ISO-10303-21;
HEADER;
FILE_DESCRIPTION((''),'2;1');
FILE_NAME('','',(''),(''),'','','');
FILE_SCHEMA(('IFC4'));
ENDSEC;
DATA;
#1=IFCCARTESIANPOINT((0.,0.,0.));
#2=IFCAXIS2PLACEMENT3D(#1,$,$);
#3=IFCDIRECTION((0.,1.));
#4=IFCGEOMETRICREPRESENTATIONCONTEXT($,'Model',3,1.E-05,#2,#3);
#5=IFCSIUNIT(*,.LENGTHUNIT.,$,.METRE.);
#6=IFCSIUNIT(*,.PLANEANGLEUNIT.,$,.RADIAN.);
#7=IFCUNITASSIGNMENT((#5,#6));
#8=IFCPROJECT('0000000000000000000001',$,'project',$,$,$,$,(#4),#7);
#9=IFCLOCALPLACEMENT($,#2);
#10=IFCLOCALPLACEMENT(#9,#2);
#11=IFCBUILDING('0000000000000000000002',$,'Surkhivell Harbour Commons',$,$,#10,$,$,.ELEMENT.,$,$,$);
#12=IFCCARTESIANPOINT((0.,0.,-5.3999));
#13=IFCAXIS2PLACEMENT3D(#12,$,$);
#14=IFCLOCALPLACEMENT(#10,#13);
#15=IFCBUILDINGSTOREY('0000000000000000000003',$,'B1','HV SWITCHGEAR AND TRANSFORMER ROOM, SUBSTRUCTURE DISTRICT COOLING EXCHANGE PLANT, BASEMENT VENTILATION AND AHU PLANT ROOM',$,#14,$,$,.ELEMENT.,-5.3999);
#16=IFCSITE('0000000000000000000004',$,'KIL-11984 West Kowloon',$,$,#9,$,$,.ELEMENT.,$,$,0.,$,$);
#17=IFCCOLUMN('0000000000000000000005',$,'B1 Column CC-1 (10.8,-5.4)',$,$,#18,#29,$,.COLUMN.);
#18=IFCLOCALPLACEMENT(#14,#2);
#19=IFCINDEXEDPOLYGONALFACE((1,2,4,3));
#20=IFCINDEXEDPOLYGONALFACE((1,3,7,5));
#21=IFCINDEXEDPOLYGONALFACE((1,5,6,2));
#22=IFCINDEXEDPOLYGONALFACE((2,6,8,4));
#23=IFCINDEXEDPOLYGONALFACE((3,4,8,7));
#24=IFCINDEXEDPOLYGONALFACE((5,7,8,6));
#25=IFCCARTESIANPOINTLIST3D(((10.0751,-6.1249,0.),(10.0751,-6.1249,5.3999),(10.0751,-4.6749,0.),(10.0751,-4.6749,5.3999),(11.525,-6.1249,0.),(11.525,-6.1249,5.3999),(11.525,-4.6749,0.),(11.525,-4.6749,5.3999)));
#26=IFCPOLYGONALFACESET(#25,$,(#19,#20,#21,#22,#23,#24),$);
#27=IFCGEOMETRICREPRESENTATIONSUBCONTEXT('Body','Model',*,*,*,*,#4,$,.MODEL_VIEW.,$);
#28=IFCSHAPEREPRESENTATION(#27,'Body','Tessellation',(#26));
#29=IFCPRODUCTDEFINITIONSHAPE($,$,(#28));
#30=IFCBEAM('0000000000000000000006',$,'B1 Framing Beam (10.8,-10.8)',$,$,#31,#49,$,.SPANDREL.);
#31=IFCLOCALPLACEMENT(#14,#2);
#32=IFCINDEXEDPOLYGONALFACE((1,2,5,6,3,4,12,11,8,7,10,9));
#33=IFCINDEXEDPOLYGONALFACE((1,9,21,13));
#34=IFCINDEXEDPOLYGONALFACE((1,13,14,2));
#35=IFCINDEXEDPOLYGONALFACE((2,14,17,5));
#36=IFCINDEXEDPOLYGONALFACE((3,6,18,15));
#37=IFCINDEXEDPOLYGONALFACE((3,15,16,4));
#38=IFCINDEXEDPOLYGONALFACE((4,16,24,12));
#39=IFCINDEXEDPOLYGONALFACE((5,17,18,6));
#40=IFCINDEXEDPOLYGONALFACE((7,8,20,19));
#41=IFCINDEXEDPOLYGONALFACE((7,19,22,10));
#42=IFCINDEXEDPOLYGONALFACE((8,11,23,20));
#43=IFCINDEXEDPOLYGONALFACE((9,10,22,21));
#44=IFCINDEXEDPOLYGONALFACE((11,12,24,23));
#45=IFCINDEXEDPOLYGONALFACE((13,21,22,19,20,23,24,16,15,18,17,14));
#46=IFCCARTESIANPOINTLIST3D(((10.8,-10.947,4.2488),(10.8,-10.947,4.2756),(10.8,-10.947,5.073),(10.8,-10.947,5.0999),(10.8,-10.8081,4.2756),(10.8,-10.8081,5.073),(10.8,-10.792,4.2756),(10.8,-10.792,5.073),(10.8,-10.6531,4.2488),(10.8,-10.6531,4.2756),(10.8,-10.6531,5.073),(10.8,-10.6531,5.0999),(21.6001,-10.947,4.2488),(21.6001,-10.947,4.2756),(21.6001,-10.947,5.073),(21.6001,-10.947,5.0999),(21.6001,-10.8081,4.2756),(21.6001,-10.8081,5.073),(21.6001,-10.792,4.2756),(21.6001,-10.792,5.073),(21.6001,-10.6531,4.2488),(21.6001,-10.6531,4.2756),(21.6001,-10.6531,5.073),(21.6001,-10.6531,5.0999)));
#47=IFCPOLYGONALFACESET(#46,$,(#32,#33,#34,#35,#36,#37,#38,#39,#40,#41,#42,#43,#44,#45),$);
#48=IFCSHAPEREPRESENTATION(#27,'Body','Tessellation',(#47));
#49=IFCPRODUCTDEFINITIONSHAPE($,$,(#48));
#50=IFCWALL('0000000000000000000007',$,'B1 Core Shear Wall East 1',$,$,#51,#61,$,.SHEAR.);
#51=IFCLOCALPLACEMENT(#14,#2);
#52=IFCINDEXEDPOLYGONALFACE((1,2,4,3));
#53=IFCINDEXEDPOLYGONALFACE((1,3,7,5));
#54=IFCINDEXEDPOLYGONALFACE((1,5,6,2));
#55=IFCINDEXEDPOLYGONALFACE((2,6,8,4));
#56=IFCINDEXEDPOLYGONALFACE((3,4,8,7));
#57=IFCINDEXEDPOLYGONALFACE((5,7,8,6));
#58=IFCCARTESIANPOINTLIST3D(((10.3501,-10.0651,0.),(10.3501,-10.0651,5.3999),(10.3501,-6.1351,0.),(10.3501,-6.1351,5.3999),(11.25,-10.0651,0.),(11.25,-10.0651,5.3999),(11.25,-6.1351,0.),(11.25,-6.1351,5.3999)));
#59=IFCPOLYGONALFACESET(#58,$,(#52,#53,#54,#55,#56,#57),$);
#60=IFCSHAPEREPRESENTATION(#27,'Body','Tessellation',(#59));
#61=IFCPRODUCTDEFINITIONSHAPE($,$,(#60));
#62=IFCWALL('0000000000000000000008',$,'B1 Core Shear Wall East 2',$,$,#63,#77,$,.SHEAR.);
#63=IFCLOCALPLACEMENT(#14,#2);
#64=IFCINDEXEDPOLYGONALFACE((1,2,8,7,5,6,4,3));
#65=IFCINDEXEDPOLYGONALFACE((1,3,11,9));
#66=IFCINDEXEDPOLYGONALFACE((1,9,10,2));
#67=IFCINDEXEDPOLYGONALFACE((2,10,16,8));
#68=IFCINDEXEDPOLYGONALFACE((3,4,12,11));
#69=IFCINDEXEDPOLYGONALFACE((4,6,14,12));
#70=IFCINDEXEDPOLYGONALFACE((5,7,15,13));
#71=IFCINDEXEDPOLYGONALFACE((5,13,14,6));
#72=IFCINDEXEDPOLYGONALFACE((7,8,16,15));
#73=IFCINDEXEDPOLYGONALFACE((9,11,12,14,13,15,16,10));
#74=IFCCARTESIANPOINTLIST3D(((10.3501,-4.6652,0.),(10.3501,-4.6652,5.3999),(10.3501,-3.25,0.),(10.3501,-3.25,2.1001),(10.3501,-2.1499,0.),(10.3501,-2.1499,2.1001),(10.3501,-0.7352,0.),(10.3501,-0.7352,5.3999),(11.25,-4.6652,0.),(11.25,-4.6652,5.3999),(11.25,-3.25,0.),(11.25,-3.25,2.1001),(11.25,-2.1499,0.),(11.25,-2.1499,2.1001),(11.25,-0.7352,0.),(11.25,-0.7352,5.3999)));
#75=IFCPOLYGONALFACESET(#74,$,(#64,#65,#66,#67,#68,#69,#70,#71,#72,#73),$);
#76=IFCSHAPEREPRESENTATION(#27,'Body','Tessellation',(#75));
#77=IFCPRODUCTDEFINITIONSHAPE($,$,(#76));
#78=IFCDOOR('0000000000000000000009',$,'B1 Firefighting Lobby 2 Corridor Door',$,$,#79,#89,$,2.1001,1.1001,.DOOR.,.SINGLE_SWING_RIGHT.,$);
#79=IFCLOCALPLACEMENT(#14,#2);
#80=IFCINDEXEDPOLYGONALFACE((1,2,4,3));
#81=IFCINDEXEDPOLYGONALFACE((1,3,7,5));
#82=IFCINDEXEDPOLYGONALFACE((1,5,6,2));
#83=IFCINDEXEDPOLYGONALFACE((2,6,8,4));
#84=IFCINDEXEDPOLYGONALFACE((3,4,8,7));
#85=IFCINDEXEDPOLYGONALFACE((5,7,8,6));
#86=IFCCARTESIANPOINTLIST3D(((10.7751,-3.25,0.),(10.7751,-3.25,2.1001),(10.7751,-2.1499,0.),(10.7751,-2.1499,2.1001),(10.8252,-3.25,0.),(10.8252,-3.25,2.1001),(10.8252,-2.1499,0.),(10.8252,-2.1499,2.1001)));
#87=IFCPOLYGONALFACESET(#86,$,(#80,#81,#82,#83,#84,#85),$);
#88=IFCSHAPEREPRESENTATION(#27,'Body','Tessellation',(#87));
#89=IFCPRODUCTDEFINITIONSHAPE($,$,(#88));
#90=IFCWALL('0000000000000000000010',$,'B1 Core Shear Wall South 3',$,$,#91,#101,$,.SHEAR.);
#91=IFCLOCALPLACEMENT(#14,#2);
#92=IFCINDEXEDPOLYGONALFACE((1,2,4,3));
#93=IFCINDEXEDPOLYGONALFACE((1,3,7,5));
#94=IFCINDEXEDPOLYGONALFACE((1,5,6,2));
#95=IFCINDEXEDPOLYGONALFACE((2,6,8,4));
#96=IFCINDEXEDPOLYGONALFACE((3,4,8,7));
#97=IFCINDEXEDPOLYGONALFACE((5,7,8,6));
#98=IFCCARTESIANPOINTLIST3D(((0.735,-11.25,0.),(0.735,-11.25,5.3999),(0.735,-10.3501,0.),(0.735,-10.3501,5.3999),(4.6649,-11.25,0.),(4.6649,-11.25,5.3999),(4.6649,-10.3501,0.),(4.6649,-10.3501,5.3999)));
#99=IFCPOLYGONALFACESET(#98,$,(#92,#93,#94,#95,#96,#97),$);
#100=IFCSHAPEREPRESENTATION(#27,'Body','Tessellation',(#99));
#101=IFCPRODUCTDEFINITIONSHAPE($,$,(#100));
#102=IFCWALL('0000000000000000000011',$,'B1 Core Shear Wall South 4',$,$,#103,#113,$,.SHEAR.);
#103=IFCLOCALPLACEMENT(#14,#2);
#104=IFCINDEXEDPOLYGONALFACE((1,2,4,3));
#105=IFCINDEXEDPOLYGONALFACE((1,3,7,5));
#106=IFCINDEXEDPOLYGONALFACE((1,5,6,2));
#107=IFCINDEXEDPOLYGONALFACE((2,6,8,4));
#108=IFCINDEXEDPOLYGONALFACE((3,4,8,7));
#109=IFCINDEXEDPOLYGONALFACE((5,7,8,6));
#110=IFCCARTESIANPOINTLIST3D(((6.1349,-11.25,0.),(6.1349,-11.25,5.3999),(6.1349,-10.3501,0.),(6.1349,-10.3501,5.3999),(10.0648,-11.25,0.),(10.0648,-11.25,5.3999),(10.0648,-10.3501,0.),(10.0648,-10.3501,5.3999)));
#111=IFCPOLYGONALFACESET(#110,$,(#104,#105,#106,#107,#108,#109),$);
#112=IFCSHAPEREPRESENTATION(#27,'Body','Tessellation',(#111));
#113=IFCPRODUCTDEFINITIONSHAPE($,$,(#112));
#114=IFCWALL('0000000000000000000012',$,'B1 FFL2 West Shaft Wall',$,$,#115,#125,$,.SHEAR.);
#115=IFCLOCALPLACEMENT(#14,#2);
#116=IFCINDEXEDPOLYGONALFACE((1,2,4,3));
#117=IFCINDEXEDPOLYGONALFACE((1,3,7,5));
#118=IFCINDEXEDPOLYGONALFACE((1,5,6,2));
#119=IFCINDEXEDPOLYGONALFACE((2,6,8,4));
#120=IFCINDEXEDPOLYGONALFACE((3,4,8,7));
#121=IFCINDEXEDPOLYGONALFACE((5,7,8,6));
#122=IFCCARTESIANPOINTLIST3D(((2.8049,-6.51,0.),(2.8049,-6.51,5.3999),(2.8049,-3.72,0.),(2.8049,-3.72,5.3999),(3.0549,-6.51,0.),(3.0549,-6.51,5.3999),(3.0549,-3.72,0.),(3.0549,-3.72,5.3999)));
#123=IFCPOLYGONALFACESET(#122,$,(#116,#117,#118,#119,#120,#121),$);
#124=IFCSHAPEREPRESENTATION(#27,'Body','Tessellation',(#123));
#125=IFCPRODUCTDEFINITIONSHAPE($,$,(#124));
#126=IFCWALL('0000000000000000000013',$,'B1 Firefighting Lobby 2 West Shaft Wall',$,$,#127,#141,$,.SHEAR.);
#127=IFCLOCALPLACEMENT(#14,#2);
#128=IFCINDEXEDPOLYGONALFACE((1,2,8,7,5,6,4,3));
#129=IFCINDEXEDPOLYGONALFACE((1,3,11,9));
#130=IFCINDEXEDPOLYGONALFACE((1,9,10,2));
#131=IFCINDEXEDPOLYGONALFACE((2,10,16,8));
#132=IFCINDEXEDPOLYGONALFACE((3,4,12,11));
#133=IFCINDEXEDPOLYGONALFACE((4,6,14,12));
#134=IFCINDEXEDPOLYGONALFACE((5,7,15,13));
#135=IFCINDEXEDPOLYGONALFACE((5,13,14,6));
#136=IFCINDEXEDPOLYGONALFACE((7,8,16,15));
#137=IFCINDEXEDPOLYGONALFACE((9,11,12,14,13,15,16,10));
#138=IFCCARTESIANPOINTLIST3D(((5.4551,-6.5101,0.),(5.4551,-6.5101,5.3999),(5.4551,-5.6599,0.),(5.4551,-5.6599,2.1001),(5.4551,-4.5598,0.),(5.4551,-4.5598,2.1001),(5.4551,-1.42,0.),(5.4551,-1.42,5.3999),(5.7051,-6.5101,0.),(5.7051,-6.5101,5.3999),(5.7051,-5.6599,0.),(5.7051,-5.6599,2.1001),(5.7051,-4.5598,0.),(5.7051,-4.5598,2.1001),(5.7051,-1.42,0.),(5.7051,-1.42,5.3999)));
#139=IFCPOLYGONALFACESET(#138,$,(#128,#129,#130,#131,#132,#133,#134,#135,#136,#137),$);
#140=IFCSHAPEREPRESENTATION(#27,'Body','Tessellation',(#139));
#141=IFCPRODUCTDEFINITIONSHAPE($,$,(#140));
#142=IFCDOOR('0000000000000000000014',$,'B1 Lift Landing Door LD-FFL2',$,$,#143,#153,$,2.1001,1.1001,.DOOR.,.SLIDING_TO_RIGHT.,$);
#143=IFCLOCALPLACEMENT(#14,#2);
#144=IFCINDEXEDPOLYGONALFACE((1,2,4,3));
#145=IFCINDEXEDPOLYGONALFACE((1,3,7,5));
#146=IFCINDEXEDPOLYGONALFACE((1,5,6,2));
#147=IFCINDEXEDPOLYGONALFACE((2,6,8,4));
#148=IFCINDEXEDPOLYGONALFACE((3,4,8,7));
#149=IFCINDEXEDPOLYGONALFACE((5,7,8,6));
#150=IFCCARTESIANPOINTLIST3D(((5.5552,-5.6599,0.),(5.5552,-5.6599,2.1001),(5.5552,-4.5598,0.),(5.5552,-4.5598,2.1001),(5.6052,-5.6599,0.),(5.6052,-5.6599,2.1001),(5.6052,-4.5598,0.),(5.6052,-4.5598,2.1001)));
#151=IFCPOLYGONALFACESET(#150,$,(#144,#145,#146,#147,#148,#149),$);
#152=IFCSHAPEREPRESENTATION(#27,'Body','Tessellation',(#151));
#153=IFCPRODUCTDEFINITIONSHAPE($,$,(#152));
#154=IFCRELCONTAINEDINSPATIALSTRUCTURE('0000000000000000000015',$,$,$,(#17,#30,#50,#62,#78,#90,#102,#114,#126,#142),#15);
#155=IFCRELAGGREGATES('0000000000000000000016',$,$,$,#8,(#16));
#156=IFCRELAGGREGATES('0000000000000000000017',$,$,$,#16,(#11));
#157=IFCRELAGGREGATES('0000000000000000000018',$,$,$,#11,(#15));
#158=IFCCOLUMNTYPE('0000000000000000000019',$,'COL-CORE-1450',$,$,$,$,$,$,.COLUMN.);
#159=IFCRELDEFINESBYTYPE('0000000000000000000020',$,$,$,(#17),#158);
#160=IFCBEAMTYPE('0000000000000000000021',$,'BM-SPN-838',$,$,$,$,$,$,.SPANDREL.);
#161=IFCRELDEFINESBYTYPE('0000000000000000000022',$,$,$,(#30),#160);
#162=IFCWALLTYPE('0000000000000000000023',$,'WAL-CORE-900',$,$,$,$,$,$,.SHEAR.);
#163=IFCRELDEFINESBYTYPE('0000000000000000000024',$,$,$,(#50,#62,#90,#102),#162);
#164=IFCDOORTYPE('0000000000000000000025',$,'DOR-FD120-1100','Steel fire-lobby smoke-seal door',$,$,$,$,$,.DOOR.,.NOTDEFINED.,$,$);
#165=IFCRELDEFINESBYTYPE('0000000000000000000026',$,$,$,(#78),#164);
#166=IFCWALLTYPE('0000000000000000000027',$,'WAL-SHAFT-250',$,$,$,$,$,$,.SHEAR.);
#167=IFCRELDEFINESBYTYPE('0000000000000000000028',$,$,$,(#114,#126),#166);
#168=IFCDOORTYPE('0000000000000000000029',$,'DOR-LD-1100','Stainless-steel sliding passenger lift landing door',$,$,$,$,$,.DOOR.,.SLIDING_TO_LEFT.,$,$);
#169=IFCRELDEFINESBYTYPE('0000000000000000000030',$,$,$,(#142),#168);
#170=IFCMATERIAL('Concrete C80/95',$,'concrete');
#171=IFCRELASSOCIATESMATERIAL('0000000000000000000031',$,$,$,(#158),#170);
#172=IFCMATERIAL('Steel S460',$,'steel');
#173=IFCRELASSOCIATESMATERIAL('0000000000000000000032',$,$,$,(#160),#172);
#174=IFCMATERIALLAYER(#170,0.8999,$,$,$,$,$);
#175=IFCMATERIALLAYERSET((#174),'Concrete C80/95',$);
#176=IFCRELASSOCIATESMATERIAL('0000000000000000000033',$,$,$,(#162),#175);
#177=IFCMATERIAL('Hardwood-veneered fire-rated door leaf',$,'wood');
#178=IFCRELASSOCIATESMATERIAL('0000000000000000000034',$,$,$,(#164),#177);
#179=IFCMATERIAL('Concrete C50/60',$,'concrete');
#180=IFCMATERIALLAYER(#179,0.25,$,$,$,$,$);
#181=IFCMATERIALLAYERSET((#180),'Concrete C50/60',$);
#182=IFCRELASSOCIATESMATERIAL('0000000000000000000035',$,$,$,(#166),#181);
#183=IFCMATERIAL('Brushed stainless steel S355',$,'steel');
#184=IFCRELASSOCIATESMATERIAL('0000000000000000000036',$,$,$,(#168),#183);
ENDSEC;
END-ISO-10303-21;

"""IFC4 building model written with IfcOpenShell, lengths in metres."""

from ifc_helpers import new_model, si_unit, direction, frame, frame_2d, origin, origin_2d, place, context, subcontext, project, spatial, rectangle, i_section, extrude, material, layer, layer_set, material_profile, profile_set, type_object, element, fill, save


model = new_model("IFC4")

# Units and contexts
model_context = context("Model", 3, precision=1e-05, world=origin(), true_north=direction((0.0, 1.0)))
body_context = subcontext(model_context, "Body", "Model", "MODEL_VIEW")
ifc_project = project(units=[si_unit("LENGTHUNIT", "METRE"), si_unit("PLANEANGLEUNIT", "RADIAN")], contexts=[model_context])

# Site, building, storey
site_placement = place(None, origin())
site = spatial("IfcSite", under=ifc_project, at=site_placement, Name="KIL-11984 West Kowloon", CompositionType="ELEMENT", RefElevation=0.0)
building_placement = place(site_placement, origin())
building = spatial("IfcBuilding", under=site, at=building_placement, Name="Surkhivell Harbour Commons", CompositionType="ELEMENT")
storey_placement = place(building_placement, frame((0.0, 0.0, -5.3999)))
storey = spatial("IfcBuildingStorey", under=building, at=storey_placement, Name="B1", Description="HV SWITCHGEAR AND TRANSFORMER ROOM, SUBSTRUCTURE DISTRICT COOLING EXCHANGE PLANT, BASEMENT VENTILATION AND AHU PLANT ROOM", CompositionType="ELEMENT", Elevation=-5.3999)

# Column
ifc_material_1 = material(Name="Concrete C80/95", Category="concrete")
ifc_material_profile_1 = material_profile(ifc_material_1, rectangle(XDim=1.45, YDim=1.45, at=origin_2d()), Name="RC-COL-1450x1450")
ifc_profile_set_1 = profile_set([ifc_material_profile_1], Name="Concrete C80/95")
column_type = type_object("IfcColumnType", Name="COL-CORE-1450", PredefinedType="COLUMN", material=ifc_profile_set_1)
for number, where, z_axis, x_axis, name in (
    (1, (10.8, -5.3999, 0.0), (0.0, 0.0, 1.0), (1.0, 0.0, 0.0), "B1 Column CC-1 (10.8,-5.4)"),
):
    element("IfcColumn", number, at=place(storey_placement, frame(where, z_axis=z_axis, x_axis=x_axis)), inside=storey, type_object=column_type, Name=name, PredefinedType="COLUMN", context=body_context, shape_type="SweptSolid", body=[
        extrude(rectangle(XDim=1.45, YDim=1.45, at=origin_2d()), origin(), (0.0, 0.0, 1.0), 5.3999),
    ])

# Beam
ifc_material_2 = material(Name="Steel S460", Category="steel")
ifc_material_profile_2 = material_profile(ifc_material_2, i_section(OverallWidth=0.2939, OverallDepth=0.8511, WebThickness=0.0161, FlangeThickness=0.0269, at=origin_2d()), Name="UB838x292x226")
ifc_profile_set_2 = profile_set([ifc_material_profile_2], Name="Steel S460")
beam_type = type_object("IfcBeamType", Name="BM-SPN-838", PredefinedType="SPANDREL", material=ifc_profile_set_2)
beam_placement = place(storey_placement, frame((10.8, -10.8, 4.6743), z_axis=(1.0, 0.0, 0.0), x_axis=(0.0, 1.0, 0.0)))
element("IfcBeam", 2, at=beam_placement, inside=storey, type_object=beam_type, Name="B1 Framing Beam (10.8,-10.8)", PredefinedType="SPANDREL", context=body_context, shape_type="SweptSolid", body=[
    extrude(i_section(OverallWidth=0.2939, OverallDepth=0.8511, WebThickness=0.0161, FlangeThickness=0.0269, at=origin_2d()), origin(), (0.0, 0.0, 1.0), 10.8),
])

# Wall
ifc_layer_1 = layer(ifc_material_1, 0.8999)
ifc_layer_set_1 = layer_set([ifc_layer_1], Name="Concrete C80/95")
wall_type_1 = type_object("IfcWallType", Name="WAL-CORE-900", PredefinedType="SHEAR", material=ifc_layer_set_1)
wall_1_placement = place(storey_placement, frame((10.8, -10.0649, 0.0), z_axis=(0.0, 0.0, 1.0), x_axis=(0.0, 1.0, 0.0)))
element("IfcWall", 3, at=wall_1_placement, inside=storey, type_object=wall_type_1, Name="B1 Core Shear Wall East 1", PredefinedType="SHEAR", context=body_context, shape_type="SweptSolid", body=[
    extrude(rectangle(XDim=3.9299, YDim=0.8999, at=frame_2d((1.9648, 0.0))), origin(), (0.0, 0.0, 1.0), 5.3999),
])

# Wall, opening, door
wall_2_placement = place(storey_placement, frame((10.8, -4.665, 0.0), z_axis=(0.0, 0.0, 1.0), x_axis=(0.0, 1.0, 0.0)))
wall_2 = element("IfcWall", 4, at=wall_2_placement, inside=storey, type_object=wall_type_1, Name="B1 Core Shear Wall East 2", PredefinedType="SHEAR", context=body_context, shape_type="SweptSolid", body=[
    extrude(rectangle(XDim=3.9299, YDim=0.8999, at=frame_2d((1.9648, 0.0))), origin(), (0.0, 0.0, 1.0), 5.3999),
])
opening_1_placement = place(wall_2_placement, frame((1.415, 0.0, 0.0)))
opening_1 = element("IfcOpeningElement", 5, at=opening_1_placement, cuts=wall_2, PredefinedType="OPENING", context=body_context, shape_type="SweptSolid", body=[
    extrude(rectangle(XDim=1.1001, YDim=2.1001, at=frame_2d((0.55, 1.05))), frame((0.0, 0.46, 0.0), z_axis=(0.0, -1.0, 0.0), x_axis=(1.0, 0.0, 0.0)), (0.0, 0.0, 1.0), 0.9199),
])
ifc_material_3 = material(Name="Hardwood-veneered fire-rated door leaf", Category="wood")
door_type_1 = type_object("IfcDoorType", Name="DOR-FD120-1100", Description="Steel fire-lobby smoke-seal door", OperationType="NOTDEFINED", PredefinedType="DOOR", material=ifc_material_3)
door_1_placement = place(opening_1_placement, origin())
door_1 = element("IfcDoor", 6, at=door_1_placement, inside=storey, type_object=door_type_1, Name="B1 Firefighting Lobby 2 Corridor Door", OperationType="SINGLE_SWING_RIGHT", OverallHeight=2.1001, OverallWidth=1.1001, PredefinedType="DOOR", context=body_context, shape_type="SweptSolid", body=[
    extrude(rectangle(XDim=1.1001, YDim=2.1001, at=frame_2d((0.55, 1.05))), frame((0.0, 0.0249, 0.0), z_axis=(0.0, -1.0, 0.0), x_axis=(1.0, 0.0, 0.0)), (0.0, 0.0, 1.0), 0.05),
])
fill(opening_1, door_1)

# Walls
for number, where, z_axis, x_axis, name in (
    (7, (0.7351, -10.8, 0.0), (0.0, 0.0, 1.0), (1.0, 0.0, 0.0), "B1 Core Shear Wall South 3"),
    (8, (6.135, -10.8, 0.0), (0.0, 0.0, 1.0), (1.0, 0.0, 0.0), "B1 Core Shear Wall South 4"),
):
    element("IfcWall", number, at=place(storey_placement, frame(where, z_axis=z_axis, x_axis=x_axis)), inside=storey, type_object=wall_type_1, Name=name, PredefinedType="SHEAR", context=body_context, shape_type="SweptSolid", body=[
        extrude(rectangle(XDim=3.9299, YDim=0.8999, at=frame_2d((1.9648, 0.0))), origin(), (0.0, 0.0, 1.0), 5.3999),
    ])
ifc_material_4 = material(Name="Concrete C50/60", Category="concrete")
ifc_layer_2 = layer(ifc_material_4, 0.25)
ifc_layer_set_2 = layer_set([ifc_layer_2], Name="Concrete C50/60")
wall_type_2 = type_object("IfcWallType", Name="WAL-SHAFT-250", PredefinedType="SHEAR", material=ifc_layer_set_2)
wall_3_placement = place(storey_placement, frame((2.9299, -6.51, 0.0), z_axis=(0.0, 0.0, 1.0), x_axis=(0.0, 1.0, 0.0)))
element("IfcWall", 9, at=wall_3_placement, inside=storey, type_object=wall_type_2, Name="B1 FFL2 West Shaft Wall", PredefinedType="SHEAR", context=body_context, shape_type="SweptSolid", body=[
    extrude(rectangle(XDim=2.79, YDim=0.25, at=frame_2d((1.395, 0.0))), origin(), (0.0, 0.0, 1.0), 5.3999),
])

# Wall, opening, door
wall_4_placement = place(storey_placement, frame((5.5801, -6.51, 0.0), z_axis=(0.0, 0.0, 1.0), x_axis=(0.0, 1.0, 0.0)))
wall_4 = element("IfcWall", 10, at=wall_4_placement, inside=storey, type_object=wall_type_2, Name="B1 Firefighting Lobby 2 West Shaft Wall", PredefinedType="SHEAR", context=body_context, shape_type="SweptSolid", body=[
    extrude(rectangle(XDim=5.0901, YDim=0.25, at=frame_2d((2.5449, 0.0))), origin(), (0.0, 0.0, 1.0), 5.3999),
])
opening_2_placement = place(wall_4_placement, frame((0.8501, 0.0, 0.0)))
opening_2 = element("IfcOpeningElement", 11, at=opening_2_placement, cuts=wall_4, PredefinedType="OPENING", context=body_context, shape_type="SweptSolid", body=[
    extrude(rectangle(XDim=1.1001, YDim=2.1001, at=frame_2d((0.55, 1.05))), frame((0.0, 0.135, 0.0), z_axis=(0.0, -1.0, 0.0), x_axis=(1.0, 0.0, 0.0)), (0.0, 0.0, 1.0), 0.27),
])
ifc_material_5 = material(Name="Brushed stainless steel S355", Category="steel")
door_type_2 = type_object("IfcDoorType", Name="DOR-LD-1100", Description="Stainless-steel sliding passenger lift landing door", OperationType="SLIDING_TO_LEFT", PredefinedType="DOOR", material=ifc_material_5)
door_2_placement = place(opening_2_placement, origin())
door_2 = element("IfcDoor", 12, at=door_2_placement, inside=storey, type_object=door_type_2, Name="B1 Lift Landing Door LD-FFL2", OperationType="SLIDING_TO_RIGHT", OverallHeight=2.1001, OverallWidth=1.1001, PredefinedType="DOOR", context=body_context, shape_type="SweptSolid", body=[
    extrude(rectangle(XDim=1.1001, YDim=2.1001, at=frame_2d((0.55, 1.05))), frame((0.0, 0.0249, 0.0), z_axis=(0.0, -1.0, 0.0), x_axis=(1.0, 0.0, 0.0)), (0.0, 0.0, 1.0), 0.05),
])
fill(opening_2, door_2)

save(model, "model.ifc")
